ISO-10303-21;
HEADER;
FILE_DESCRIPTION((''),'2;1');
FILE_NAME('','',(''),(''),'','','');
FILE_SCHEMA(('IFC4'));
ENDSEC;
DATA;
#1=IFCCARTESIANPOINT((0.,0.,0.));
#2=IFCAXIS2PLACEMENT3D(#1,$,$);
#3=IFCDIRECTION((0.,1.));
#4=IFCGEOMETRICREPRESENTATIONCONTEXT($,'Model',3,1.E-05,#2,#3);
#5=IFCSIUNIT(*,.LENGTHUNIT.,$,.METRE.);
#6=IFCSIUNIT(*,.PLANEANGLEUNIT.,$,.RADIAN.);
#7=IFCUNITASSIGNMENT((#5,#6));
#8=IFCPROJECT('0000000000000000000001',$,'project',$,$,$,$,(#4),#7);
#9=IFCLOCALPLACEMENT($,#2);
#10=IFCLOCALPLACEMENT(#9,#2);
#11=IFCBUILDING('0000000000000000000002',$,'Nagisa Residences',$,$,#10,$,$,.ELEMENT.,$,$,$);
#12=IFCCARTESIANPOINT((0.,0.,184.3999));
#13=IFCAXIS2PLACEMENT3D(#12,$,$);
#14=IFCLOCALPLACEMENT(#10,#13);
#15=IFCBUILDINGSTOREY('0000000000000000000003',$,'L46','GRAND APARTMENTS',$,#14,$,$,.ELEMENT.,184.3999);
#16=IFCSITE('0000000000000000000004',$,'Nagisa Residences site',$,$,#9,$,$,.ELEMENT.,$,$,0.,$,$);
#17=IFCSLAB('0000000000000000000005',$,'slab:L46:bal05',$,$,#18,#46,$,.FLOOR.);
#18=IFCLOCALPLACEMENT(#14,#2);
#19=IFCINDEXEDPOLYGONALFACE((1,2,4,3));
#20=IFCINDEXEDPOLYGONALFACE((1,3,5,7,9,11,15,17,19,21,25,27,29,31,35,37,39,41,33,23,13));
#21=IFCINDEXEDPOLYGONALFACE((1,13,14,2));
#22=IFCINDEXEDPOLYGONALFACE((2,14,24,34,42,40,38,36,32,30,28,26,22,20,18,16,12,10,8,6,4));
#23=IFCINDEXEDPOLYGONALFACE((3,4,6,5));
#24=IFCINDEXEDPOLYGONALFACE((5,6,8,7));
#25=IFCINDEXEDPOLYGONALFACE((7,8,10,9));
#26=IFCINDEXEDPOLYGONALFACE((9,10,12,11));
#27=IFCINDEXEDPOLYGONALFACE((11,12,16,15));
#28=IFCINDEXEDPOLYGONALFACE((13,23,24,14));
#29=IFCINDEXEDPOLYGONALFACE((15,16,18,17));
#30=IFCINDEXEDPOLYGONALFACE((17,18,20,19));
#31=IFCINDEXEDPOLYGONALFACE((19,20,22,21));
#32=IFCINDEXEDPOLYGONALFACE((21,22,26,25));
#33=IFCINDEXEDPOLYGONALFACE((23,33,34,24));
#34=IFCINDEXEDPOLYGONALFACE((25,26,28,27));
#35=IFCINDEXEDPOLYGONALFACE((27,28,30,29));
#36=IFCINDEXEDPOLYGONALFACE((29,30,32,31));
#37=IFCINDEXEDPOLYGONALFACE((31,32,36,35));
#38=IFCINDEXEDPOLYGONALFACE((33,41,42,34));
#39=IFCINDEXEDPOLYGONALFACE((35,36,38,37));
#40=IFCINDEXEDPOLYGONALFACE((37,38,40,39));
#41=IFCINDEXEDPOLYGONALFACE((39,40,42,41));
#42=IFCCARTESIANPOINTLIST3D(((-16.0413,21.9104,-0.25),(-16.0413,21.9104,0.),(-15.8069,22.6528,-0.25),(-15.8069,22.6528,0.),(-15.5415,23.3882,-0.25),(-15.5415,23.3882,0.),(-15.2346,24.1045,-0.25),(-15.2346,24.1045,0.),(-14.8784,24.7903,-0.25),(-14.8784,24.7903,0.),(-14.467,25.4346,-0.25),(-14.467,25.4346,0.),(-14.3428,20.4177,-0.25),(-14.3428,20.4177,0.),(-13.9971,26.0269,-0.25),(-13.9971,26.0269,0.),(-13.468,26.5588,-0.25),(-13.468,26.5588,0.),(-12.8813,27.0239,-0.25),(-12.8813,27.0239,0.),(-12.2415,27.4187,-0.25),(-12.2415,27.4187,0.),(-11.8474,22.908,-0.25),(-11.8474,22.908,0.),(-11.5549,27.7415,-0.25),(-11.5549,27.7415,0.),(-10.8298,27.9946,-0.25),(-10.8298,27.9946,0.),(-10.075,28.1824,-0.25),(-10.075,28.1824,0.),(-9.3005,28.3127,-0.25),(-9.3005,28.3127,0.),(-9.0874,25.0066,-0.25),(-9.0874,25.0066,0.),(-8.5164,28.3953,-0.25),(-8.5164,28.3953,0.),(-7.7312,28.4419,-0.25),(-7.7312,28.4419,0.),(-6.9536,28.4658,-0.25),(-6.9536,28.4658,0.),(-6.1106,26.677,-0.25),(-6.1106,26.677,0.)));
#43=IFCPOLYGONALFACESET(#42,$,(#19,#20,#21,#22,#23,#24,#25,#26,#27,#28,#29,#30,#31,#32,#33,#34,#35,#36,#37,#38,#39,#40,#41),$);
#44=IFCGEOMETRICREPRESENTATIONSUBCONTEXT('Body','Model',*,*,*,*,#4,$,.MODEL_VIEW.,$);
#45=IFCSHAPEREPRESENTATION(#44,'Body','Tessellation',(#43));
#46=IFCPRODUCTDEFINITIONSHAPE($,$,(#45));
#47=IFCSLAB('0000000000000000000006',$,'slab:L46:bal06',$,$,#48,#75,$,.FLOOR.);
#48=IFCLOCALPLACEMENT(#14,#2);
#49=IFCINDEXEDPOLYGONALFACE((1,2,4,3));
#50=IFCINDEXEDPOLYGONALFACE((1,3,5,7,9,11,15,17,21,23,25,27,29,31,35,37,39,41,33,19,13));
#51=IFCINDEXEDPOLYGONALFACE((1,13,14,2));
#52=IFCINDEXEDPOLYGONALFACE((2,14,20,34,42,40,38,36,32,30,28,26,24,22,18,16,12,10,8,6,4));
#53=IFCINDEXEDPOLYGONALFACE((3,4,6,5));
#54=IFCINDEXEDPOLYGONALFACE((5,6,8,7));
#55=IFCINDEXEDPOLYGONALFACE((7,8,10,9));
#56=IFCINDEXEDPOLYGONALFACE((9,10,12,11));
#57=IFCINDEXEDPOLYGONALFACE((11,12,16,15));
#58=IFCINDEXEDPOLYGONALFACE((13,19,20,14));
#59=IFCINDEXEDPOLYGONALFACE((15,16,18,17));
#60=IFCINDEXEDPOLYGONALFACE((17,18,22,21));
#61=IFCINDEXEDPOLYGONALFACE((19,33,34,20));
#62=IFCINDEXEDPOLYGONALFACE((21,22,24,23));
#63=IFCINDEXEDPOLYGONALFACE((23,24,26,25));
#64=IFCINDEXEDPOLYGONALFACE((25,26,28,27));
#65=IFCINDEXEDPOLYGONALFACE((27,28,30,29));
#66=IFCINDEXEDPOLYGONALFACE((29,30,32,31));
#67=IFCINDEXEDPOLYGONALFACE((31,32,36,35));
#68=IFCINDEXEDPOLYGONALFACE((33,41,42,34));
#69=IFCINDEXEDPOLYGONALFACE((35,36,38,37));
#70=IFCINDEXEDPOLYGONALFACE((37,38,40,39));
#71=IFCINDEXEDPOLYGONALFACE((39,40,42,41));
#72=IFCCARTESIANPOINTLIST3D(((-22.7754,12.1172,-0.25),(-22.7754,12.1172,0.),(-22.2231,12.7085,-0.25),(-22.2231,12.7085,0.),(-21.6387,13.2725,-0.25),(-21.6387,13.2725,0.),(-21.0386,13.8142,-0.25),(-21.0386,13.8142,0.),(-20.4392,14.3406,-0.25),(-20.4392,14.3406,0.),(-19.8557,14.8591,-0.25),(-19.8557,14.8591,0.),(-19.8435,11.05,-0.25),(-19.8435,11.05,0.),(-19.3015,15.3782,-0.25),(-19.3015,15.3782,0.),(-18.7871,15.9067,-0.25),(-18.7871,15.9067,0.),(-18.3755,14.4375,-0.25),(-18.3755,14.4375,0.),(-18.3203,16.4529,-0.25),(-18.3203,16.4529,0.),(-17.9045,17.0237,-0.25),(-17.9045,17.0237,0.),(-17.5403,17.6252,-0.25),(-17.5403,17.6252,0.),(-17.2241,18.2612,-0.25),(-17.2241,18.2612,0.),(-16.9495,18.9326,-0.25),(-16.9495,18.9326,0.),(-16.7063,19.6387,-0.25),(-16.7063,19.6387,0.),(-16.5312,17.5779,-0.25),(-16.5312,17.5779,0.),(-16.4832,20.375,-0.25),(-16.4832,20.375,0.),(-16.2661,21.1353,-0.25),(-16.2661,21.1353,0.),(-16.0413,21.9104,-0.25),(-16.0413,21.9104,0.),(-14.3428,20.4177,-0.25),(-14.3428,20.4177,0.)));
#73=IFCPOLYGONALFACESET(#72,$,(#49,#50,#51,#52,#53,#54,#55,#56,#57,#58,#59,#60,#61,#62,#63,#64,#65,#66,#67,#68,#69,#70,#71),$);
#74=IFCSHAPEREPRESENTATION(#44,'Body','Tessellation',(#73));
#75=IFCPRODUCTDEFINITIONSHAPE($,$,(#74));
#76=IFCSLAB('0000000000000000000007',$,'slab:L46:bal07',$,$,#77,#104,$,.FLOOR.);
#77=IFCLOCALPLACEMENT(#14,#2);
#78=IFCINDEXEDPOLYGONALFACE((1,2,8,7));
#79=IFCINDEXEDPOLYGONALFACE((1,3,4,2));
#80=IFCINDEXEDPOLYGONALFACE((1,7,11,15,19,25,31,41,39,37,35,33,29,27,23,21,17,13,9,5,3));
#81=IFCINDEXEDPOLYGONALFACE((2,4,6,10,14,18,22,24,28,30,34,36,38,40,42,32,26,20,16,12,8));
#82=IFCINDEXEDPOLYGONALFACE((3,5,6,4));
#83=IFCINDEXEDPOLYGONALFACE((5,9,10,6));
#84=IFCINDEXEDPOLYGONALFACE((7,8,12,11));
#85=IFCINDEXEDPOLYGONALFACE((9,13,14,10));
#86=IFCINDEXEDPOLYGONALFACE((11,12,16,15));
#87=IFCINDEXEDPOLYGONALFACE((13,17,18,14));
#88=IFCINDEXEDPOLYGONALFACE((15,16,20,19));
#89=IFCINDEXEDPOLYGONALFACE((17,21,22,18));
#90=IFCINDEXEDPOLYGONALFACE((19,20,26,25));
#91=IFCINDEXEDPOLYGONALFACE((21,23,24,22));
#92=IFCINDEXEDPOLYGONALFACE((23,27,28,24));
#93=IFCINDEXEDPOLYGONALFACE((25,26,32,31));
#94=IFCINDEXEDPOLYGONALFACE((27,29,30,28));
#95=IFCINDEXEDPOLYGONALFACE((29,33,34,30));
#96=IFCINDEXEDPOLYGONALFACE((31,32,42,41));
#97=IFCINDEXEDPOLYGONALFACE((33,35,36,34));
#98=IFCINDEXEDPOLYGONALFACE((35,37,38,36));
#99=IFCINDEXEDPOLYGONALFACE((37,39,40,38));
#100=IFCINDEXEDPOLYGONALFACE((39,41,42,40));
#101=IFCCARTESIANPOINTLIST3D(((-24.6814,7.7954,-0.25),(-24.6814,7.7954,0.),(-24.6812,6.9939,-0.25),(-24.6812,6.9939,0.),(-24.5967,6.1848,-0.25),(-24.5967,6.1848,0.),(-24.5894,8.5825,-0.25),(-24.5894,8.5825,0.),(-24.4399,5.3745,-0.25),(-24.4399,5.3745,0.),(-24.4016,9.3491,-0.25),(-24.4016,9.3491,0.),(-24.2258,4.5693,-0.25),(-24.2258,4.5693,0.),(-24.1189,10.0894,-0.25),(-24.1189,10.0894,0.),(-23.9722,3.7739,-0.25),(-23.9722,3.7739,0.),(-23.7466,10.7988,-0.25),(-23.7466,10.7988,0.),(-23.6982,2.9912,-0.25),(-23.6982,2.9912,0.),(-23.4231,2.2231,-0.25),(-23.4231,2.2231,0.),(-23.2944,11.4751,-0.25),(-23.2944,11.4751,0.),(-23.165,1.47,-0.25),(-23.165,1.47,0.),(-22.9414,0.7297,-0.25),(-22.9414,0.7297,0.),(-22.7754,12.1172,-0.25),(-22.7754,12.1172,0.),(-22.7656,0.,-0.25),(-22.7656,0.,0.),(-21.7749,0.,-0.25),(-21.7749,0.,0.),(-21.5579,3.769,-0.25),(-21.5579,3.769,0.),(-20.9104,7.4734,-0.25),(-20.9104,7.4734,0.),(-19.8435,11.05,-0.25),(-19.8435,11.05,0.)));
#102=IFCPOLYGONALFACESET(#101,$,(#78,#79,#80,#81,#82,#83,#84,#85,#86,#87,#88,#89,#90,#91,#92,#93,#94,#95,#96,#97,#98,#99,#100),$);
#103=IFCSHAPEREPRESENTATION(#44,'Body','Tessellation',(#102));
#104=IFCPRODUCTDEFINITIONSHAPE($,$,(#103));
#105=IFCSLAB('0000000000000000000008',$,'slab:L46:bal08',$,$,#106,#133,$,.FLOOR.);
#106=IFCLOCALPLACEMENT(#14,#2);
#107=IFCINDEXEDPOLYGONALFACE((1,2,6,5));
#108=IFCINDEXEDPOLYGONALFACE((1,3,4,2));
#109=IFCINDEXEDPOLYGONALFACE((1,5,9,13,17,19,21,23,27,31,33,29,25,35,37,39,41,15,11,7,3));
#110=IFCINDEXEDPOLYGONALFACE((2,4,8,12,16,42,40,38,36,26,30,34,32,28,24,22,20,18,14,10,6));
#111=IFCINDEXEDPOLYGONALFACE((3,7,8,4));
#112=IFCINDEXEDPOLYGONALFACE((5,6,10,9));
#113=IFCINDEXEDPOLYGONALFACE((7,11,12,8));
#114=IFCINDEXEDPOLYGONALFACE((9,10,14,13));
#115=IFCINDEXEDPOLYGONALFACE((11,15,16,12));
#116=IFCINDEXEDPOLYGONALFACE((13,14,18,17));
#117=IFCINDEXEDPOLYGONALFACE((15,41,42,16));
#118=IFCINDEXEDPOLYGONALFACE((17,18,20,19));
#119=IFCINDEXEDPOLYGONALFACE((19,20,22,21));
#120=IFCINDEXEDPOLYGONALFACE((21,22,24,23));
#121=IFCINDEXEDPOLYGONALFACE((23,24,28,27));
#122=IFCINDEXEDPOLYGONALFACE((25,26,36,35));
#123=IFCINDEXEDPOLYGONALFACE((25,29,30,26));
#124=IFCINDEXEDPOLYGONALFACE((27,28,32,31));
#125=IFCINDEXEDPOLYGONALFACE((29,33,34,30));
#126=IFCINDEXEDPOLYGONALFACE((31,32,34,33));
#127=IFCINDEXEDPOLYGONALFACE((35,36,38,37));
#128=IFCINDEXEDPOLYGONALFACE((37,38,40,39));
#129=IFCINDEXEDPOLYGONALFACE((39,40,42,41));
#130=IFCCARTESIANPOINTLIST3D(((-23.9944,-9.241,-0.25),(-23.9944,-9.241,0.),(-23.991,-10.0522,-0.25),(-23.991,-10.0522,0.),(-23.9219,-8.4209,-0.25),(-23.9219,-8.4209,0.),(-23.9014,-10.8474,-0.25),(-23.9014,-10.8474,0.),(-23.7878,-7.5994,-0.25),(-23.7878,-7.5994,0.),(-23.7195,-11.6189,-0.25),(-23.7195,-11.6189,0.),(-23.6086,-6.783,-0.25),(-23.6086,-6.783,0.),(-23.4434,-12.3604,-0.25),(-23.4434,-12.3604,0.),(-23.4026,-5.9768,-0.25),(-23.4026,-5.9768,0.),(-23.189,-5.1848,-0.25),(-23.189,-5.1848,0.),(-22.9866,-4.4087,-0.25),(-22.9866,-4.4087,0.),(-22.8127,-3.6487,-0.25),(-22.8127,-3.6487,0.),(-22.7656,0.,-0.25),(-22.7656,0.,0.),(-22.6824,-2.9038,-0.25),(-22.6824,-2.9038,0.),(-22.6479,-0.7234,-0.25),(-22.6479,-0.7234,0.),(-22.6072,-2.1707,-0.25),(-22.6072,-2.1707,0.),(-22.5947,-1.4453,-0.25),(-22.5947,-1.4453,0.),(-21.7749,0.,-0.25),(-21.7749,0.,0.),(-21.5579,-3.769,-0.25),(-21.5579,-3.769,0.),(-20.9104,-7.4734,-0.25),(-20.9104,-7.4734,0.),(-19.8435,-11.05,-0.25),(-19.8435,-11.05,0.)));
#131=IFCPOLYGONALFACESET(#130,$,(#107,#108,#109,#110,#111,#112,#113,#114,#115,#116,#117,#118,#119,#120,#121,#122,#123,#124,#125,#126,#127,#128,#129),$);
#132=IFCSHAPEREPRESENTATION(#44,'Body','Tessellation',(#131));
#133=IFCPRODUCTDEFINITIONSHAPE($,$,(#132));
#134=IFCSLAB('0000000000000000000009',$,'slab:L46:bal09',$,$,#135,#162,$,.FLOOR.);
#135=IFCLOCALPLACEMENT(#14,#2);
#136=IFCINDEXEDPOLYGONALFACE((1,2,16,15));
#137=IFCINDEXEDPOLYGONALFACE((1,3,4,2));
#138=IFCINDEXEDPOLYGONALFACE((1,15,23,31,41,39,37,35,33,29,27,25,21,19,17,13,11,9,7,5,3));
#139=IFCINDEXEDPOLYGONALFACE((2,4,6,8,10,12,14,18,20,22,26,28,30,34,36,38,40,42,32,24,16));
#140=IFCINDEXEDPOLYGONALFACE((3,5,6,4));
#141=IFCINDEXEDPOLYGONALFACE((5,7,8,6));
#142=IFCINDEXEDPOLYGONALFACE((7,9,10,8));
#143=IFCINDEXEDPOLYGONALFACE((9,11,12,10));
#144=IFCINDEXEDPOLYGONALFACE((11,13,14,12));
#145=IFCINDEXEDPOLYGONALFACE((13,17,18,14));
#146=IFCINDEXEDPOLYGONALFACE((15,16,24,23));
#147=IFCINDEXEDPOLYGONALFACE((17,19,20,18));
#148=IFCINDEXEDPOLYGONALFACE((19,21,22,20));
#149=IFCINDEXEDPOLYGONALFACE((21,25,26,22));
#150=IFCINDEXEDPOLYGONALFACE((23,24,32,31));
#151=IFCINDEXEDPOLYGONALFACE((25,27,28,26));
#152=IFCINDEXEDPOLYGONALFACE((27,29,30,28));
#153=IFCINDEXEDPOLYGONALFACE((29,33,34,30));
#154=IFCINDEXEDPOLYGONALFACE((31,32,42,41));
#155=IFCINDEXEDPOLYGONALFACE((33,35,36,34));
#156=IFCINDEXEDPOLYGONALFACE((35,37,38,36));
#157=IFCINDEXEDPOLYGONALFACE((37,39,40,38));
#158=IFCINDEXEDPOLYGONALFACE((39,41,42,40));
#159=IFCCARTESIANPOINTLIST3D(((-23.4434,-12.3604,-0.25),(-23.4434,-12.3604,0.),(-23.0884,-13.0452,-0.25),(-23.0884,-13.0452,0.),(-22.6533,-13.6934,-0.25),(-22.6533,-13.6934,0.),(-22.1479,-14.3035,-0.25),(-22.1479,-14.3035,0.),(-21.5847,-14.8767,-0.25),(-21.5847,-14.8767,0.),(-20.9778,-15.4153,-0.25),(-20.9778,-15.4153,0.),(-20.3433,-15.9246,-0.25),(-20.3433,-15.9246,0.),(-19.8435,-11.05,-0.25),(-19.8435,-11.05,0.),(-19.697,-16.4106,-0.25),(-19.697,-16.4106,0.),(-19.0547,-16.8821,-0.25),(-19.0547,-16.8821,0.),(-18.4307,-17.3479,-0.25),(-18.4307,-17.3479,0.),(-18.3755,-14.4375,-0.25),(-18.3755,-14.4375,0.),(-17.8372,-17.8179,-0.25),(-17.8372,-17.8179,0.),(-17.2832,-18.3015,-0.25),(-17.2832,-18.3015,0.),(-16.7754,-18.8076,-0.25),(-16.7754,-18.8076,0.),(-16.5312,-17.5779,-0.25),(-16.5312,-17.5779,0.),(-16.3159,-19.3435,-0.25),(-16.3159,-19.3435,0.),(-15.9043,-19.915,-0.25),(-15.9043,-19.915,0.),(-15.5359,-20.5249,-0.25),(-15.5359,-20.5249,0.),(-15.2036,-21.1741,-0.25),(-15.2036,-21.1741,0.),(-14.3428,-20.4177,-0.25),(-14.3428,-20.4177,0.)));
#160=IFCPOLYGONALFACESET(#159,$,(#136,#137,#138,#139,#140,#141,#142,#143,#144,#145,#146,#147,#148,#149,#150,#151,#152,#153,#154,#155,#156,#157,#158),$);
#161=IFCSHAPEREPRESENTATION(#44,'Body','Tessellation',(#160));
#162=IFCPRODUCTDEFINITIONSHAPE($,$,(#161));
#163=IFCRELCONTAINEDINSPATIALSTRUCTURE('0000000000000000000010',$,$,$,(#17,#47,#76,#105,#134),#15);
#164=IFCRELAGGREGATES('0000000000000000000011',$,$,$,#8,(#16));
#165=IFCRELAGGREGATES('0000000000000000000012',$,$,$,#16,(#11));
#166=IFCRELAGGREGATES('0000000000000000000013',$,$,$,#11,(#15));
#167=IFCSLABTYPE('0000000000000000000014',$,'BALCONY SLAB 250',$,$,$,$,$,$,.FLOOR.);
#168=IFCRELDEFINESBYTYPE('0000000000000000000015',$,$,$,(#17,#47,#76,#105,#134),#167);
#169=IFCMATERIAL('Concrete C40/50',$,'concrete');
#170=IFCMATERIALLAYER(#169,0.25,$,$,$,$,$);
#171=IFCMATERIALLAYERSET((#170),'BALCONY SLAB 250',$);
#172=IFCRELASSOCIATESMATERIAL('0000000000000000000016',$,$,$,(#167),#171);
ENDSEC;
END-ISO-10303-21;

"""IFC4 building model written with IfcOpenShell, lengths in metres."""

from ifc_helpers import new_model, si_unit, direction, frame, origin, place, context, subcontext, project, spatial, polyline, outline, extrude, material, layer, layer_set, type_object, element, save


model = new_model("IFC4")

# Units and contexts
model_context = context("Model", 3, precision=1e-05, world=origin(), true_north=direction((0.0, 1.0)))
body_context = subcontext(model_context, "Body", "Model", "MODEL_VIEW")
ifc_project = project(units=[si_unit("LENGTHUNIT", "METRE"), si_unit("PLANEANGLEUNIT", "RADIAN")], contexts=[model_context])

# Site, building, storey
site_placement = place(None, origin())
site = spatial("IfcSite", under=ifc_project, at=site_placement, Name="Nagisa Residences site", CompositionType="ELEMENT", RefElevation=0.0)
building_placement = place(site_placement, origin())
building = spatial("IfcBuilding", under=site, at=building_placement, Name="Nagisa Residences", CompositionType="ELEMENT")
storey_placement = place(building_placement, frame((0.0, 0.0, 184.3999)))
storey = spatial("IfcBuildingStorey", under=building, at=storey_placement, Name="L46", Description="GRAND APARTMENTS", CompositionType="ELEMENT", Elevation=184.3999)

# Slabs
ifc_material_1 = material(Name="Concrete C40/50", Category="concrete")
ifc_layer_1 = layer(ifc_material_1, 0.25)
ifc_layer_set_1 = layer_set([ifc_layer_1], Name="BALCONY SLAB 250")
slab_type_1 = type_object("IfcSlabType", Name="BALCONY SLAB 250", PredefinedType="FLOOR", material=ifc_layer_set_1)
slab_1_placement = place(storey_placement, frame((0.0, 0.0, -0.25)))
element("IfcSlab", 1, at=slab_1_placement, inside=storey, type_object=slab_type_1, Name="slab:L46:bal05", PredefinedType="FLOOR", context=body_context, shape_type="SweptSolid", body=[
    extrude(outline(polyline([(-6.9536, 28.4658), (-7.7312, 28.4419), (-8.5164, 28.3953), (-9.3005, 28.3127), (-10.075, 28.1824), (-10.8298, 27.9946), (-11.5549, 27.7415), (-12.2415, 27.4187), (-12.8813, 27.0239), (-13.468, 26.5588), (-13.9971, 26.0269), (-14.467, 25.4346), (-14.8784, 24.7903), (-15.2346, 24.1045), (-15.5415, 23.3882), (-15.8069, 22.6528), (-16.0413, 21.9104), (-14.3428, 20.4177), (-11.8474, 22.908), (-9.0874, 25.0066), (-6.1106, 26.677), (-6.9536, 28.4658)])), origin(), (0.0, 0.0, 1.0), 0.25),
])
slab_2_placement = place(storey_placement, frame((0.0, 0.0, -0.25)))
element("IfcSlab", 2, at=slab_2_placement, inside=storey, type_object=slab_type_1, Name="slab:L46:bal06", PredefinedType="FLOOR", context=body_context, shape_type="SweptSolid", body=[
    extrude(outline(polyline([(-16.0413, 21.9104), (-16.2661, 21.1353), (-16.4832, 20.375), (-16.7063, 19.6387), (-16.9495, 18.9326), (-17.2241, 18.2612), (-17.5403, 17.6252), (-17.9045, 17.0237), (-18.3203, 16.4529), (-18.7871, 15.9067), (-19.3015, 15.3782), (-19.8557, 14.8591), (-20.4392, 14.3406), (-21.0386, 13.8142), (-21.6387, 13.2725), (-22.2231, 12.7085), (-22.7754, 12.1172), (-19.8435, 11.05), (-18.3755, 14.4375), (-16.5312, 17.5779), (-14.3428, 20.4177), (-16.0413, 21.9104)])), origin(), (0.0, 0.0, 1.0), 0.25),
])
slab_3_placement = place(storey_placement, frame((0.0, 0.0, -0.25)))
element("IfcSlab", 3, at=slab_3_placement, inside=storey, type_object=slab_type_1, Name="slab:L46:bal07", PredefinedType="FLOOR", context=body_context, shape_type="SweptSolid", body=[
    extrude(outline(polyline([(-22.7754, 12.1172), (-23.2944, 11.4751), (-23.7466, 10.7988), (-24.1189, 10.0894), (-24.4016, 9.3491), (-24.5894, 8.5825), (-24.6814, 7.7954), (-24.6812, 6.9939), (-24.5967, 6.1848), (-24.4399, 5.3745), (-24.2258, 4.5693), (-23.9722, 3.7739), (-23.6982, 2.9912), (-23.4231, 2.2231), (-23.165, 1.47), (-22.9414, 0.7297), (-22.7656, 0.0), (-21.7749, 0.0), (-21.5579, 3.769), (-20.9104, 7.4734), (-19.8435, 11.05), (-22.7754, 12.1172)])), origin(), (0.0, 0.0, 1.0), 0.25),
])
slab_4_placement = place(storey_placement, frame((0.0, 0.0, -0.25)))
element("IfcSlab", 4, at=slab_4_placement, inside=storey, type_object=slab_type_1, Name="slab:L46:bal08", PredefinedType="FLOOR", context=body_context, shape_type="SweptSolid", body=[
    extrude(outline(polyline([(-22.7656, 0.0), (-22.6479, -0.7234), (-22.5947, -1.4453), (-22.6072, -2.1707), (-22.6824, -2.9038), (-22.8127, -3.6487), (-22.9866, -4.4087), (-23.189, -5.1848), (-23.4026, -5.9768), (-23.6086, -6.783), (-23.7878, -7.5994), (-23.9219, -8.4209), (-23.9944, -9.241), (-23.991, -10.0522), (-23.9014, -10.8474), (-23.7195, -11.6189), (-23.4434, -12.3604), (-19.8435, -11.05), (-20.9104, -7.4734), (-21.5579, -3.769), (-21.7749, 0.0), (-22.7656, 0.0)])), origin(), (0.0, 0.0, 1.0), 0.25),
])
slab_5_placement = place(storey_placement, frame((0.0, 0.0, -0.25)))
element("IfcSlab", 5, at=slab_5_placement, inside=storey, type_object=slab_type_1, Name="slab:L46:bal09", PredefinedType="FLOOR", context=body_context, shape_type="SweptSolid", body=[
    extrude(outline(polyline([(-23.4434, -12.3604), (-23.0884, -13.0452), (-22.6533, -13.6934), (-22.1479, -14.3035), (-21.5847, -14.8767), (-20.9778, -15.4153), (-20.3433, -15.9246), (-19.697, -16.4106), (-19.0547, -16.8821), (-18.4307, -17.3479), (-17.8372, -17.8179), (-17.2832, -18.3015), (-16.7754, -18.8076), (-16.3159, -19.3435), (-15.9043, -19.915), (-15.5359, -20.5249), (-15.2036, -21.1741), (-14.3428, -20.4177), (-16.5312, -17.5779), (-18.3755, -14.4375), (-19.8435, -11.05), (-23.4434, -12.3604)])), origin(), (0.0, 0.0, 1.0), 0.25),
])

save(model, "model.ifc")
